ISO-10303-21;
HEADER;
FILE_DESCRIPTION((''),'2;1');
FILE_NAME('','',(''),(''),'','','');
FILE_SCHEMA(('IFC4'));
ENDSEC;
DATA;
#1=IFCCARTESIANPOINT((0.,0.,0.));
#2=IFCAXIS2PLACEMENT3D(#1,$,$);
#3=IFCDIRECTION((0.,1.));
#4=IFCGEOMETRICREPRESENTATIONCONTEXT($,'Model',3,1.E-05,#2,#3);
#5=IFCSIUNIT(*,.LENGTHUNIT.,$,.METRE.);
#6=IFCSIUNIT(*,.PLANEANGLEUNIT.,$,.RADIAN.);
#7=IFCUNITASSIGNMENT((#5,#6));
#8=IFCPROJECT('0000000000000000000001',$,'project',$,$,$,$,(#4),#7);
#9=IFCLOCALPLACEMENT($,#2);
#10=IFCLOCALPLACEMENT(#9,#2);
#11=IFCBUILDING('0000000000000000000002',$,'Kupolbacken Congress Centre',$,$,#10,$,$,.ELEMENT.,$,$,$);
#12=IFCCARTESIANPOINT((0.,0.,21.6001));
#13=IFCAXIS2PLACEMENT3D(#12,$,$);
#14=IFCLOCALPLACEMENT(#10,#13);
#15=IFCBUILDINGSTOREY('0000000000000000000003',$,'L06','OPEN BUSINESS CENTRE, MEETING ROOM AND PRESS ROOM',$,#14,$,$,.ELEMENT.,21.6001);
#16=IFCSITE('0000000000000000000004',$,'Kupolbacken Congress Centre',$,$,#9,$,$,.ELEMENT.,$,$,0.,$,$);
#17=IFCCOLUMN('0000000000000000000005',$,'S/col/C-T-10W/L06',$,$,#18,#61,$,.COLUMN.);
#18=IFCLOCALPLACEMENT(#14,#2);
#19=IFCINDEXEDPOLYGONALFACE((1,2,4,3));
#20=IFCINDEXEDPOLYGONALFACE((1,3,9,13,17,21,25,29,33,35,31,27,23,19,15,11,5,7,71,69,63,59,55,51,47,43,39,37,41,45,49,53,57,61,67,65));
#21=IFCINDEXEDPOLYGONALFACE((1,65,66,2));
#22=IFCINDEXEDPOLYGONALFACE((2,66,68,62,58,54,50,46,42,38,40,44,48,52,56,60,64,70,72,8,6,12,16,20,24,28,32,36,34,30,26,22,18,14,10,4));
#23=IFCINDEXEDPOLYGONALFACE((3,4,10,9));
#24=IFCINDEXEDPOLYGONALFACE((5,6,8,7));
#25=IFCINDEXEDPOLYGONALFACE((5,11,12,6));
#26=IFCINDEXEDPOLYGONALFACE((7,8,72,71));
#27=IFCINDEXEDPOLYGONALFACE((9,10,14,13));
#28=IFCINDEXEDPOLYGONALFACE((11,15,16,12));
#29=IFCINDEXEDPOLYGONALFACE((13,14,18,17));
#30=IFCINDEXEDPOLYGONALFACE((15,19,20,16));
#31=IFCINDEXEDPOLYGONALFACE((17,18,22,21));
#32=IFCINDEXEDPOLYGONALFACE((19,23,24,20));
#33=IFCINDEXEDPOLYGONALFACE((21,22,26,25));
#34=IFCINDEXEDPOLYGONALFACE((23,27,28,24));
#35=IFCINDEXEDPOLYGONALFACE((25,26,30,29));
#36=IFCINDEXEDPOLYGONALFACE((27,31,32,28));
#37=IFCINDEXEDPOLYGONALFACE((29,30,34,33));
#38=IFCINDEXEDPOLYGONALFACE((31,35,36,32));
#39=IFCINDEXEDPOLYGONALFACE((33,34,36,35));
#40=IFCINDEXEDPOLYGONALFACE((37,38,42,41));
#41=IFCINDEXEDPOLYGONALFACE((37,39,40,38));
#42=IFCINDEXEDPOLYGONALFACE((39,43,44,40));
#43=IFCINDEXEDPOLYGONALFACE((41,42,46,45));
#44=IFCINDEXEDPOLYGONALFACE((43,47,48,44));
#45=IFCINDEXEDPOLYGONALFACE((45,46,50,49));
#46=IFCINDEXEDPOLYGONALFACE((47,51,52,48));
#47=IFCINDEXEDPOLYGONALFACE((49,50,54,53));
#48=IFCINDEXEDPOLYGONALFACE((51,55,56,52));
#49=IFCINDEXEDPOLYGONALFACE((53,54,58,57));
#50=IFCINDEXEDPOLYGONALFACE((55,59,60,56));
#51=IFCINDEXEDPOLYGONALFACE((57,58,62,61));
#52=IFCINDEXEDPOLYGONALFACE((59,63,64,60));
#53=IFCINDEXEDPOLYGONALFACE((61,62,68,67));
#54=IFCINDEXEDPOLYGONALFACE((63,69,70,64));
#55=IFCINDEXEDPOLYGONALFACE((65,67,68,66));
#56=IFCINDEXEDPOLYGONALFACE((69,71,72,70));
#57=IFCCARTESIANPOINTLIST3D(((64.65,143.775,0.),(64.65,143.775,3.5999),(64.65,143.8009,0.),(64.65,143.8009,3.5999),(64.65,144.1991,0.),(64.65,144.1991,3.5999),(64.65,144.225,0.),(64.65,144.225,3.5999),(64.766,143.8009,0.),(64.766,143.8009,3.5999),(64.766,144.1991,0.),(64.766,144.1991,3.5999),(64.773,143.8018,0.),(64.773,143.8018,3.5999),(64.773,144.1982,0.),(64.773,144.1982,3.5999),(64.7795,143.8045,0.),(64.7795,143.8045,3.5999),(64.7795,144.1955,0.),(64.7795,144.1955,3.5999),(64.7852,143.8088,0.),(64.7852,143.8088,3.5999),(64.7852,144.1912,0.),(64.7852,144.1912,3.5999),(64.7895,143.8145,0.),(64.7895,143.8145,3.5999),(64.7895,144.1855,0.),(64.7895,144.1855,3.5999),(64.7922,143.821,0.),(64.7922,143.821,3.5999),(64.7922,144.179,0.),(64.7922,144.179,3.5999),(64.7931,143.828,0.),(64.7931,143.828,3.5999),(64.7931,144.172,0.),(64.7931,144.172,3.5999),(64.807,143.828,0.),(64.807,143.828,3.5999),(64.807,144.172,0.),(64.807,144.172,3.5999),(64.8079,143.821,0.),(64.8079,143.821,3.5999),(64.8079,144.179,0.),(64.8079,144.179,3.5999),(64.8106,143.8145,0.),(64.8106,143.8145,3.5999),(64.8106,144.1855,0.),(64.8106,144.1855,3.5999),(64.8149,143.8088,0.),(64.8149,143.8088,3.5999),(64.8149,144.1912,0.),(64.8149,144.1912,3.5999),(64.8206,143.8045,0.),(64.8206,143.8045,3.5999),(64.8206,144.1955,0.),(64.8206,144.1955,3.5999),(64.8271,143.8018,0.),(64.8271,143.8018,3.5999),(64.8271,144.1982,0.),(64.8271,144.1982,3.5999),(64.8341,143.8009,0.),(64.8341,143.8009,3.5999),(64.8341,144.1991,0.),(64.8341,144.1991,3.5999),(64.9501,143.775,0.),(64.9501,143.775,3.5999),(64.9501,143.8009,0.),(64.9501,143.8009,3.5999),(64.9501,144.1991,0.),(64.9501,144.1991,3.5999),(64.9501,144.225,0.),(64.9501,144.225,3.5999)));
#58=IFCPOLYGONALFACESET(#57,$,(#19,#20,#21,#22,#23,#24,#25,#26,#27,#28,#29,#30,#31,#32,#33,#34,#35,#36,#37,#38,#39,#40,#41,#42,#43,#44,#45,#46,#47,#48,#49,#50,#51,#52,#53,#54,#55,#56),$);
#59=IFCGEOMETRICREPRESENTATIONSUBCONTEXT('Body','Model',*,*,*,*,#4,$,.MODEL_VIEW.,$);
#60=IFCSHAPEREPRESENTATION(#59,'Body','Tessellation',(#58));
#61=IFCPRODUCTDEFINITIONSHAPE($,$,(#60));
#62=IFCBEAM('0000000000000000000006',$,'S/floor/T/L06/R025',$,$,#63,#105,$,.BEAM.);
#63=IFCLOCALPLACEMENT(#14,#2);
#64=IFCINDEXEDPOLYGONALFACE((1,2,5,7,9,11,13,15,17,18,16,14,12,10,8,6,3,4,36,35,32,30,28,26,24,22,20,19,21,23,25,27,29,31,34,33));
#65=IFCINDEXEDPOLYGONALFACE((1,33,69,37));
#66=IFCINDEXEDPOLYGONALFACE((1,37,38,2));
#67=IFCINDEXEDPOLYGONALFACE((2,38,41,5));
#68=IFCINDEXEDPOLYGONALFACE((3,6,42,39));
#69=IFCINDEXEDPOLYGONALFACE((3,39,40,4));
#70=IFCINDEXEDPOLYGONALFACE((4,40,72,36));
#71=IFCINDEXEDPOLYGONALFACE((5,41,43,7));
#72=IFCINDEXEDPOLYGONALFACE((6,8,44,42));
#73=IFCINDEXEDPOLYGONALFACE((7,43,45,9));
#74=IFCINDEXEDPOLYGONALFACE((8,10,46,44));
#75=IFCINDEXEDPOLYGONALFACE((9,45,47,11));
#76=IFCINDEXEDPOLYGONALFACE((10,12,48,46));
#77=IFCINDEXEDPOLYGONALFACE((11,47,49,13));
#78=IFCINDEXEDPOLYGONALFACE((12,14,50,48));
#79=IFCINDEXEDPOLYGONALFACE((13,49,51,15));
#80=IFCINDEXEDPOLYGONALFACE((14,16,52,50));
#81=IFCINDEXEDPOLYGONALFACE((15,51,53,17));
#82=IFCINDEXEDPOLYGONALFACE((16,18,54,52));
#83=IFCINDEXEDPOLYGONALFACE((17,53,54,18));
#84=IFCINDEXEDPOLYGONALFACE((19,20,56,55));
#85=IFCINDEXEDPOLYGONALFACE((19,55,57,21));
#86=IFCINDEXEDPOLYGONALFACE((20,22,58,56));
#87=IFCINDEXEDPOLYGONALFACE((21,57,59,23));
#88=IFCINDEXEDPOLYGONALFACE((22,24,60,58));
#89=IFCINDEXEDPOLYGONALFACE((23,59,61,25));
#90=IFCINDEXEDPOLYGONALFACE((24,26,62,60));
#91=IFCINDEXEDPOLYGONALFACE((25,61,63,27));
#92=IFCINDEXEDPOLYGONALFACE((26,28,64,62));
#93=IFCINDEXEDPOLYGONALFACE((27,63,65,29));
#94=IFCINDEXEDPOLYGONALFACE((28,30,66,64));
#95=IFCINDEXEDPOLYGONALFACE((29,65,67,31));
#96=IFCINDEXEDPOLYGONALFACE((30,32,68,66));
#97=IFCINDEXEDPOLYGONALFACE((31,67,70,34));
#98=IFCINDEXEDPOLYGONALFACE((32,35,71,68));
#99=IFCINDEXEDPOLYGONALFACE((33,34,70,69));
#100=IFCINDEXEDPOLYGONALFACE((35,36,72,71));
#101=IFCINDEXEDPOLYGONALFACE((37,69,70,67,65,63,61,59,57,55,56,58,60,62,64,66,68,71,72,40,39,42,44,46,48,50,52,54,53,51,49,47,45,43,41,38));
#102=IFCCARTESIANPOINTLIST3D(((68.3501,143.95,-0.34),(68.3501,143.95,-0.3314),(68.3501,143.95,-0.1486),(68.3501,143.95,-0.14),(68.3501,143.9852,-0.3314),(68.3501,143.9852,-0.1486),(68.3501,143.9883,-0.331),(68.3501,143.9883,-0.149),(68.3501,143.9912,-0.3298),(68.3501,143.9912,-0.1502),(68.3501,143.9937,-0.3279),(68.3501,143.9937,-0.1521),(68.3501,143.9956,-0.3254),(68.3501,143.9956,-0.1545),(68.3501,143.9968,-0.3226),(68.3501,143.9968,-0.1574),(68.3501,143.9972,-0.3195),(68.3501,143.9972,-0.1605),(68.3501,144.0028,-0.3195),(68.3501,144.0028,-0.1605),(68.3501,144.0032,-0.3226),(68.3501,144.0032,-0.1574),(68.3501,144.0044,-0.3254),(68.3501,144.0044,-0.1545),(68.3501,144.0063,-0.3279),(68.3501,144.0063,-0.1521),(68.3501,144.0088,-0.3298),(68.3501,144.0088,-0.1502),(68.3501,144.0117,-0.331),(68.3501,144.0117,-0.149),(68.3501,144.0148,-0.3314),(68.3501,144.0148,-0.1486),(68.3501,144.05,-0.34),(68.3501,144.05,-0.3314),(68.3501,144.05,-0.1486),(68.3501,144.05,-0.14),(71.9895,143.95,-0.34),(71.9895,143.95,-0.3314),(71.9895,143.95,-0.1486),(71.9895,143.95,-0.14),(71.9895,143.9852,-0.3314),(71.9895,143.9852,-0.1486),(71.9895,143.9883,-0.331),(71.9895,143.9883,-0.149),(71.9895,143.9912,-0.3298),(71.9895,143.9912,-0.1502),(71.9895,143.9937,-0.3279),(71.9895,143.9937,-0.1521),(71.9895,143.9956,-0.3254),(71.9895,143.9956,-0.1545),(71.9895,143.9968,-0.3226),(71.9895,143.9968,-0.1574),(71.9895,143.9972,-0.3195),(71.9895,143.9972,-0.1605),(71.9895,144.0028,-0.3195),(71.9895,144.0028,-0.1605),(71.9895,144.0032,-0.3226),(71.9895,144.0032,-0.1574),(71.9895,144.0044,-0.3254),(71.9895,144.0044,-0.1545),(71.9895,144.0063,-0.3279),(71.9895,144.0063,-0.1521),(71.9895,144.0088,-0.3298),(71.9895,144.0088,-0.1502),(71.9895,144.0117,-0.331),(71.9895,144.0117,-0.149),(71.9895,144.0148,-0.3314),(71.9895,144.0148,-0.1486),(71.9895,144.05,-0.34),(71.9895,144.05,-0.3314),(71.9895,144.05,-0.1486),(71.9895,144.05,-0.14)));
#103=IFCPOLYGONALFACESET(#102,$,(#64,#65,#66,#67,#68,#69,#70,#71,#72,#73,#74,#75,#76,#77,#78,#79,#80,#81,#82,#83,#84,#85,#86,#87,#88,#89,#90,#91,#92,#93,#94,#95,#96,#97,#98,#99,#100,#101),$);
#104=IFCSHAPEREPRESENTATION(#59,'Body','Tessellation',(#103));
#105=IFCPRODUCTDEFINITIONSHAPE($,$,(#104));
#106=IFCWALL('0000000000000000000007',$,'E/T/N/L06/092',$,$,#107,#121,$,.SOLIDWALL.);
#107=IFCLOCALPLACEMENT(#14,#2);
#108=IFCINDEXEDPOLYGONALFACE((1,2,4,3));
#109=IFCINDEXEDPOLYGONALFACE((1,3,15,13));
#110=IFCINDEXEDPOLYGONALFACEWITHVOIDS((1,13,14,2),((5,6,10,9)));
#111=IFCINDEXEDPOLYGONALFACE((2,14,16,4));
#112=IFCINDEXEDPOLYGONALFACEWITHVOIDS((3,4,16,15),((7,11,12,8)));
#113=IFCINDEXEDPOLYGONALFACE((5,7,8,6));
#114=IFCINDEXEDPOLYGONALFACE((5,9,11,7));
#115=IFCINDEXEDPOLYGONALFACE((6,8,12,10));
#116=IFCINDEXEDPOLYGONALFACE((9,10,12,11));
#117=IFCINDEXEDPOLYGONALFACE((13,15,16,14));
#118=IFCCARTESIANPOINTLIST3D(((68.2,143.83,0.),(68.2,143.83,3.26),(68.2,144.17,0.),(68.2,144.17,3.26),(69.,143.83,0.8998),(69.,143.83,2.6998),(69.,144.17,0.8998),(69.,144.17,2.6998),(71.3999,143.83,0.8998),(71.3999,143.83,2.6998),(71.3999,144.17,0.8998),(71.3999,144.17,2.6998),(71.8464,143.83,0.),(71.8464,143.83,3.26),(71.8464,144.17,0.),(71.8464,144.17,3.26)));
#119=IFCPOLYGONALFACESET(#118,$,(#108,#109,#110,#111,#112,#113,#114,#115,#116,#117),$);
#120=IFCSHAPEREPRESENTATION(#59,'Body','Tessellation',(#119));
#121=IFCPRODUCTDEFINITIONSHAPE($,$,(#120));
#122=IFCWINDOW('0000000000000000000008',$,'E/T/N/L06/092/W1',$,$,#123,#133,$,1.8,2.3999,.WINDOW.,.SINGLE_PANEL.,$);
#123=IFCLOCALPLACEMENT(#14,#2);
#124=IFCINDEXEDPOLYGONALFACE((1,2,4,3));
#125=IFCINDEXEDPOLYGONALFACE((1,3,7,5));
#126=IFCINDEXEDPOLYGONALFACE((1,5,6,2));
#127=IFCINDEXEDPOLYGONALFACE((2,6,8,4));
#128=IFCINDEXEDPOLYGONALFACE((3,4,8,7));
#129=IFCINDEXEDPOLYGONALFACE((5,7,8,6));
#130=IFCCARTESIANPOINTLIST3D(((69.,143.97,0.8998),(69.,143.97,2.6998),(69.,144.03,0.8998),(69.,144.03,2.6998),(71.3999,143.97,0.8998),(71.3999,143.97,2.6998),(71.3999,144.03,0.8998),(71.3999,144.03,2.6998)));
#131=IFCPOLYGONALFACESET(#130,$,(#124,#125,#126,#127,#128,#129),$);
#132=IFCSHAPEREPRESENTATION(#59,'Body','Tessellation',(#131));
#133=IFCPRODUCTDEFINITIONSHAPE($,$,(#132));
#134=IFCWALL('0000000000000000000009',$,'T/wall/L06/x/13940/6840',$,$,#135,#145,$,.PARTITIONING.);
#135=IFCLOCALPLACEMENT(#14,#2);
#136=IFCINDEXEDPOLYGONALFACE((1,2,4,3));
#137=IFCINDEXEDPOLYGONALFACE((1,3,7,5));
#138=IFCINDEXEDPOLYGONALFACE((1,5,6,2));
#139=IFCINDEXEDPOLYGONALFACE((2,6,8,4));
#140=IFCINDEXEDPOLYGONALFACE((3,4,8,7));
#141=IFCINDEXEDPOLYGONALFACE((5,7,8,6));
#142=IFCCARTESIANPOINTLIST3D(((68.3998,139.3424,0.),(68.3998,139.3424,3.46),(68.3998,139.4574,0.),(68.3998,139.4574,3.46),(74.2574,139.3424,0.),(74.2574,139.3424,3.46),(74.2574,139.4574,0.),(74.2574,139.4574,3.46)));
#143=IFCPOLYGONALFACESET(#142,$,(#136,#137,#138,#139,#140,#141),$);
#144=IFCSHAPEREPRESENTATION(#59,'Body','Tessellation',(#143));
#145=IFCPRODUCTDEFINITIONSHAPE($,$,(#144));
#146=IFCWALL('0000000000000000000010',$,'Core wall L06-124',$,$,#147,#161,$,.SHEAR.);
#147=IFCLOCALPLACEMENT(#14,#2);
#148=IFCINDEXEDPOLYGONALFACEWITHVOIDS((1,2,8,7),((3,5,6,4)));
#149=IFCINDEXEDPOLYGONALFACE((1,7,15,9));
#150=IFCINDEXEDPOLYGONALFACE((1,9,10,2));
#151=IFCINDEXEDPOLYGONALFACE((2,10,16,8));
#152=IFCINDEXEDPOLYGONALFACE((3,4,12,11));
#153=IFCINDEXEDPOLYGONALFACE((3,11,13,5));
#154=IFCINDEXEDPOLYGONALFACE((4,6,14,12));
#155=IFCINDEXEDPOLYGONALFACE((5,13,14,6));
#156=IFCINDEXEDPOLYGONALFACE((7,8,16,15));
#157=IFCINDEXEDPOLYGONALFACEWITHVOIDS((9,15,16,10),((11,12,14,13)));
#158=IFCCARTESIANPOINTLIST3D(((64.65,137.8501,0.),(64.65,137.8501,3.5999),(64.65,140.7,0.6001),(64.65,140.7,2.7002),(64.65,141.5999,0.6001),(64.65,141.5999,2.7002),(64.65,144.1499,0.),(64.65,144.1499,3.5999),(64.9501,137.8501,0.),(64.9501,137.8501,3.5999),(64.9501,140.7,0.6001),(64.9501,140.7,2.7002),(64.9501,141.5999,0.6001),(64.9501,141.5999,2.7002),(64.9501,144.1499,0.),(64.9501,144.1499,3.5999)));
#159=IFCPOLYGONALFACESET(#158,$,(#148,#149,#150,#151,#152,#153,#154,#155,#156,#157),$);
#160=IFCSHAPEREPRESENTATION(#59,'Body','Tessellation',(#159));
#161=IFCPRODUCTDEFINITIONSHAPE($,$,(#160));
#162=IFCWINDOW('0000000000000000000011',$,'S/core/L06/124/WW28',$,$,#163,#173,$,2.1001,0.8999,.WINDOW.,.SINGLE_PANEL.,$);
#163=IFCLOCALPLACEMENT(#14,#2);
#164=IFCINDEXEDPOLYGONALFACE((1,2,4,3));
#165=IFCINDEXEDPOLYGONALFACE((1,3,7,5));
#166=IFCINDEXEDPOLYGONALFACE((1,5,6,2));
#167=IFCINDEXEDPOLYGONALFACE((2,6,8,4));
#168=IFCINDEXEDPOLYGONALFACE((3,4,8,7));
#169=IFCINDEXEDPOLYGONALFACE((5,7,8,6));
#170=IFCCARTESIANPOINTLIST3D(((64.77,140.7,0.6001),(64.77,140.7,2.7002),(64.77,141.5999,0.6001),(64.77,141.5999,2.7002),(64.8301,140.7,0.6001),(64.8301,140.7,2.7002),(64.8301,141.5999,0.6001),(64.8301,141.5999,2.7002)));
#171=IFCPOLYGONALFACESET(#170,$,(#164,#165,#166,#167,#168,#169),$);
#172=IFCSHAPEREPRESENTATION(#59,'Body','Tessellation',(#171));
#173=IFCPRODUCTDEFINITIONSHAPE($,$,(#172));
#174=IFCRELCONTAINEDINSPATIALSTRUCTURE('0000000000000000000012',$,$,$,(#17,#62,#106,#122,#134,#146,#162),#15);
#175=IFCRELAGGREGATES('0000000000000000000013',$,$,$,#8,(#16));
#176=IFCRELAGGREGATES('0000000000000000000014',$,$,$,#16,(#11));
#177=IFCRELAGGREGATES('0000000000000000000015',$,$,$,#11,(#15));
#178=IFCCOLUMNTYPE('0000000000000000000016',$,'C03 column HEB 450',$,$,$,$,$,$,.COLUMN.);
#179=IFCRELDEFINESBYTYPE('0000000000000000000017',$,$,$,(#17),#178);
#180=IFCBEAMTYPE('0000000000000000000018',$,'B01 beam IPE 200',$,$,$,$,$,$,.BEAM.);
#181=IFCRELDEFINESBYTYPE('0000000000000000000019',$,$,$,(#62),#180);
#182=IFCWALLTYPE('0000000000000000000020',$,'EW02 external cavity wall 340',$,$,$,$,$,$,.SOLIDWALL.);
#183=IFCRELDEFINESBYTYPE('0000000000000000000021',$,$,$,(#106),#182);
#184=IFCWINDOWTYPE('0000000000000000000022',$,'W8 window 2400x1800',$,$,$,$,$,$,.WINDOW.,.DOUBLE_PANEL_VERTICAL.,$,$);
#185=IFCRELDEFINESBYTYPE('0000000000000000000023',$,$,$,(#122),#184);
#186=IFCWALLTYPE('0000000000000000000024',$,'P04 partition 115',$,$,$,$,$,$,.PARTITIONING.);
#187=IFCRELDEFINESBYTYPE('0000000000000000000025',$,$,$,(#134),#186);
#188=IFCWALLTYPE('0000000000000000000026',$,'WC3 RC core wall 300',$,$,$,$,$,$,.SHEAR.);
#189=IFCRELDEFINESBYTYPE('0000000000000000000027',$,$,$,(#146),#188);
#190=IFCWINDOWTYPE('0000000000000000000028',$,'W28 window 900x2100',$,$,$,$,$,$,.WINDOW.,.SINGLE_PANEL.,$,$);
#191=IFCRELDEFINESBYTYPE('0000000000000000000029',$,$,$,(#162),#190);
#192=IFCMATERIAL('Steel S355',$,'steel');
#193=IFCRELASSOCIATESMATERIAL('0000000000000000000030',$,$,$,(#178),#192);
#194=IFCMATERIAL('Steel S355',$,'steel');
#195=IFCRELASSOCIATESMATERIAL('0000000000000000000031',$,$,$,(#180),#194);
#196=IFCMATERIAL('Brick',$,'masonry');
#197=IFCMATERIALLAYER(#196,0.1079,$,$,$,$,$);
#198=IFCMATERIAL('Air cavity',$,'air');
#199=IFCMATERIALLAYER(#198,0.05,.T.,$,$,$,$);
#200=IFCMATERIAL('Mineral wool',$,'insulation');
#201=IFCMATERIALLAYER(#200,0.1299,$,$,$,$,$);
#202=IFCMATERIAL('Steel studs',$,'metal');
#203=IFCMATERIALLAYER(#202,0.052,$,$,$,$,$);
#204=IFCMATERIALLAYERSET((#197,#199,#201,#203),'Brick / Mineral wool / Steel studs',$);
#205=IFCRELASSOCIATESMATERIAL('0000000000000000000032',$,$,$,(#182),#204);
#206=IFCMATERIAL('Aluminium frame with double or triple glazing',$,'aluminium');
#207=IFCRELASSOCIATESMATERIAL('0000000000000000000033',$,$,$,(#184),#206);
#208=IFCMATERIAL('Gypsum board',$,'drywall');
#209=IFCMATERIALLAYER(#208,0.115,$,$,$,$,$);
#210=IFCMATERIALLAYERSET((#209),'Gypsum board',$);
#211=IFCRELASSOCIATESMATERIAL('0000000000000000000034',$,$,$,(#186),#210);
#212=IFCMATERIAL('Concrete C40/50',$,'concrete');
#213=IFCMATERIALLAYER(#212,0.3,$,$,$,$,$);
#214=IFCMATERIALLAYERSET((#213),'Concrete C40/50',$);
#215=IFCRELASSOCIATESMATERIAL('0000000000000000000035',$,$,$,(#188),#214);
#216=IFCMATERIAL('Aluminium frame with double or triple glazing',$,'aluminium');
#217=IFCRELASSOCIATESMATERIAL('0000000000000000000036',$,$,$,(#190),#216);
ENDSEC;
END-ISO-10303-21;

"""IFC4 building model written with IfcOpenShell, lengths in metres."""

from ifc_helpers import new_model, si_unit, direction, frame, frame_2d, origin, origin_2d, place, context, subcontext, project, spatial, rectangle, i_section, extrude, material, layer, layer_set, material_profile, profile_set, type_object, element, fill, save


model = new_model("IFC4")

# Units and contexts
model_context = context("Model", 3, precision=1e-05, world=origin(), true_north=direction((0.0, 1.0)))
body_context = subcontext(model_context, "Body", "Model", "MODEL_VIEW")
ifc_project = project(units=[si_unit("LENGTHUNIT", "METRE"), si_unit("PLANEANGLEUNIT", "RADIAN")], contexts=[model_context])

# Site, building, storey
site_placement = place(None, origin())
site = spatial("IfcSite", under=ifc_project, at=site_placement, Name="Kupolbacken Congress Centre", CompositionType="ELEMENT", RefElevation=0.0)
building_placement = place(site_placement, origin())
building = spatial("IfcBuilding", under=site, at=building_placement, Name="Kupolbacken Congress Centre", CompositionType="ELEMENT")
storey_placement = place(building_placement, frame((0.0, 0.0, 21.6001)))
storey = spatial("IfcBuildingStorey", under=building, at=storey_placement, Name="L06", Description="OPEN BUSINESS CENTRE, MEETING ROOM AND PRESS ROOM", CompositionType="ELEMENT", Elevation=21.6001)

# Column
ifc_material_1 = material(Name="Steel S355", Category="steel")
ifc_material_profile_1 = material_profile(ifc_material_1, i_section(OverallWidth=0.3, OverallDepth=0.45, WebThickness=0.0139, FlangeThickness=0.0259, FilletRadius=0.0271, at=origin_2d()), Name="HEB 450")
ifc_profile_set_1 = profile_set([ifc_material_profile_1], Name="Steel S355")
column_type = type_object("IfcColumnType", Name="C03 column HEB 450", PredefinedType="COLUMN", material=ifc_profile_set_1)
column_placement = place(storey_placement, frame((64.8, 144.0, 0.0), z_axis=(0.0, 0.0, 1.0), x_axis=(1.0, 0.0, 0.0)))
element("IfcColumn", 1, at=column_placement, inside=storey, type_object=column_type, Name="S/col/C-T-10W/L06", PredefinedType="COLUMN", context=body_context, shape_type="SweptSolid", body=[
    extrude(i_section(OverallWidth=0.3, OverallDepth=0.45, WebThickness=0.0139, FlangeThickness=0.0259, FilletRadius=0.0271, at=origin_2d()), origin(), (0.0, 0.0, 1.0), 3.5999),
])

# Beam
ifc_material_2 = material(Name="Steel S355", Category="steel")
ifc_material_profile_2 = material_profile(ifc_material_2, i_section(OverallWidth=0.1001, OverallDepth=0.2, WebThickness=0.0056, FlangeThickness=0.0085, FilletRadius=0.012, at=origin_2d()), Name="IPE 200")
ifc_profile_set_2 = profile_set([ifc_material_profile_2], Name="Steel S355")
beam_type = type_object("IfcBeamType", Name="B01 beam IPE 200", PredefinedType="BEAM", material=ifc_profile_set_2)
beam_placement = place(storey_placement, frame((68.3501, 144.0, -0.24), z_axis=(1.0, 0.0, 0.0), x_axis=(0.0, 1.0, 0.0)))
element("IfcBeam", 2, at=beam_placement, inside=storey, type_object=beam_type, Name="S/floor/T/L06/R025", PredefinedType="BEAM", context=body_context, shape_type="SweptSolid", body=[
    extrude(i_section(OverallWidth=0.1001, OverallDepth=0.2, WebThickness=0.0056, FlangeThickness=0.0085, FilletRadius=0.012, at=origin_2d()), origin(), (0.0, 0.0, 1.0), 3.6394),
])

# Wall, opening, window
ifc_material_3 = material(Name="Brick", Category="masonry")
ifc_layer_1 = layer(ifc_material_3, 0.1079)
ifc_material_4 = material(Name="Air cavity", Category="air")
ifc_layer_2 = layer(ifc_material_4, 0.05, ventilated=True)
ifc_material_5 = material(Name="Mineral wool", Category="insulation")
ifc_layer_3 = layer(ifc_material_5, 0.1299)
ifc_material_6 = material(Name="Steel studs", Category="metal")
ifc_layer_4 = layer(ifc_material_6, 0.052)
ifc_layer_set_1 = layer_set([ifc_layer_1, ifc_layer_2, ifc_layer_3, ifc_layer_4], Name="Brick / Mineral wool / Steel studs")
wall_type_1 = type_object("IfcWallType", Name="EW02 external cavity wall 340", PredefinedType="SOLIDWALL", material=ifc_layer_set_1)
wall_1_placement = place(storey_placement, frame((71.8464, 144.0, 0.0), z_axis=(0.0, 0.0, 1.0), x_axis=(-1.0, 0.0, 0.0)))
wall_1 = element("IfcWall", 3, at=wall_1_placement, inside=storey, type_object=wall_type_1, Name="E/T/N/L06/092", PredefinedType="SOLIDWALL", context=body_context, shape_type="SweptSolid", body=[
    extrude(rectangle(XDim=3.6465, YDim=0.3401, at=frame_2d((1.8232, 0.0))), origin(), (0.0, 0.0, 1.0), 3.26),
])
opening_1_placement = place(wall_1_placement, frame((0.4465, 0.0, 0.8999)))
opening_1 = element("IfcOpeningElement", 4, at=opening_1_placement, cuts=wall_1, PredefinedType="OPENING", context=body_context, shape_type="SweptSolid", body=[
    extrude(rectangle(XDim=2.3999, YDim=1.8, at=frame_2d((1.2, 0.8999))), frame((0.0, 0.1799, 0.0), z_axis=(0.0, -1.0, 0.0), x_axis=(1.0, 0.0, 0.0)), (0.0, 0.0, 1.0), 0.3601),
])
ifc_material_7 = material(Name="Aluminium frame with double or triple glazing", Category="aluminium")
window_type_1 = type_object("IfcWindowType", Name="W8 window 2400x1800", PartitioningType="DOUBLE_PANEL_VERTICAL", PredefinedType="WINDOW", material=ifc_material_7)
window_1_placement = place(opening_1_placement, origin())
window_1 = element("IfcWindow", 5, at=window_1_placement, inside=storey, type_object=window_type_1, Name="E/T/N/L06/092/W1", OverallHeight=1.8, OverallWidth=2.3999, PartitioningType="SINGLE_PANEL", PredefinedType="WINDOW", context=body_context, shape_type="SweptSolid", body=[
    extrude(rectangle(XDim=2.3999, YDim=1.8, at=frame_2d((1.2, 0.8999))), frame((0.0, 0.03, 0.0), z_axis=(0.0, -1.0, 0.0), x_axis=(1.0, 0.0, 0.0)), (0.0, 0.0, 1.0), 0.0601),
])
fill(opening_1, window_1)

# Wall
ifc_material_8 = material(Name="Gypsum board", Category="drywall")
ifc_layer_5 = layer(ifc_material_8, 0.115)
ifc_layer_set_2 = layer_set([ifc_layer_5], Name="Gypsum board")
wall_type_2 = type_object("IfcWallType", Name="P04 partition 115", PredefinedType="PARTITIONING", material=ifc_layer_set_2)
wall_2_placement = place(storey_placement, frame((68.3999, 139.3999, 0.0), z_axis=(0.0, 0.0, 1.0), x_axis=(1.0, 0.0, 0.0)))
element("IfcWall", 6, at=wall_2_placement, inside=storey, type_object=wall_type_2, Name="T/wall/L06/x/13940/6840", PredefinedType="PARTITIONING", context=body_context, shape_type="SweptSolid", body=[
    extrude(rectangle(XDim=5.8577, YDim=0.115, at=frame_2d((2.9287, 0.0))), origin(), (0.0, 0.0, 1.0), 3.46),
])

# Wall, opening, window
ifc_material_9 = material(Name="Concrete C40/50", Category="concrete")
ifc_layer_6 = layer(ifc_material_9, 0.3)
ifc_layer_set_3 = layer_set([ifc_layer_6], Name="Concrete C40/50")
wall_type_3 = type_object("IfcWallType", Name="WC3 RC core wall 300", PredefinedType="SHEAR", material=ifc_layer_set_3)
wall_3_placement = place(storey_placement, frame((64.8, 144.1499, 0.0), z_axis=(0.0, 0.0, 1.0), x_axis=(0.0, -1.0, 0.0)))
wall_3 = element("IfcWall", 7, at=wall_3_placement, inside=storey, type_object=wall_type_3, Name="Core wall L06-124", PredefinedType="SHEAR", context=body_context, shape_type="SweptSolid", body=[
    extrude(rectangle(XDim=6.2998, YDim=0.3, at=frame_2d((3.1499, 0.0))), origin(), (0.0, 0.0, 1.0), 3.5999),
])
opening_2_placement = place(wall_3_placement, frame((2.55, 0.0, 0.6001)))
opening_2 = element("IfcOpeningElement", 8, at=opening_2_placement, cuts=wall_3, PredefinedType="OPENING", context=body_context, shape_type="SweptSolid", body=[
    extrude(rectangle(XDim=0.8999, YDim=2.1001, at=frame_2d((0.45, 1.05))), frame((0.0, 0.1599, 0.0), z_axis=(0.0, -1.0, 0.0), x_axis=(1.0, 0.0, 0.0)), (0.0, 0.0, 1.0), 0.3201),
])
ifc_material_10 = material(Name="Aluminium frame with double or triple glazing", Category="aluminium")
window_type_2 = type_object("IfcWindowType", Name="W28 window 900x2100", PartitioningType="SINGLE_PANEL", PredefinedType="WINDOW", material=ifc_material_10)
window_2_placement = place(opening_2_placement, origin())
window_2 = element("IfcWindow", 9, at=window_2_placement, inside=storey, type_object=window_type_2, Name="S/core/L06/124/WW28", OverallHeight=2.1001, OverallWidth=0.8999, PartitioningType="SINGLE_PANEL", PredefinedType="WINDOW", context=body_context, shape_type="SweptSolid", body=[
    extrude(rectangle(XDim=0.8999, YDim=2.1001, at=frame_2d((0.45, 1.05))), frame((0.0, 0.03, 0.0), z_axis=(0.0, -1.0, 0.0), x_axis=(1.0, 0.0, 0.0)), (0.0, 0.0, 1.0), 0.0601),
])
fill(opening_2, window_2)

save(model, "model.ifc")
